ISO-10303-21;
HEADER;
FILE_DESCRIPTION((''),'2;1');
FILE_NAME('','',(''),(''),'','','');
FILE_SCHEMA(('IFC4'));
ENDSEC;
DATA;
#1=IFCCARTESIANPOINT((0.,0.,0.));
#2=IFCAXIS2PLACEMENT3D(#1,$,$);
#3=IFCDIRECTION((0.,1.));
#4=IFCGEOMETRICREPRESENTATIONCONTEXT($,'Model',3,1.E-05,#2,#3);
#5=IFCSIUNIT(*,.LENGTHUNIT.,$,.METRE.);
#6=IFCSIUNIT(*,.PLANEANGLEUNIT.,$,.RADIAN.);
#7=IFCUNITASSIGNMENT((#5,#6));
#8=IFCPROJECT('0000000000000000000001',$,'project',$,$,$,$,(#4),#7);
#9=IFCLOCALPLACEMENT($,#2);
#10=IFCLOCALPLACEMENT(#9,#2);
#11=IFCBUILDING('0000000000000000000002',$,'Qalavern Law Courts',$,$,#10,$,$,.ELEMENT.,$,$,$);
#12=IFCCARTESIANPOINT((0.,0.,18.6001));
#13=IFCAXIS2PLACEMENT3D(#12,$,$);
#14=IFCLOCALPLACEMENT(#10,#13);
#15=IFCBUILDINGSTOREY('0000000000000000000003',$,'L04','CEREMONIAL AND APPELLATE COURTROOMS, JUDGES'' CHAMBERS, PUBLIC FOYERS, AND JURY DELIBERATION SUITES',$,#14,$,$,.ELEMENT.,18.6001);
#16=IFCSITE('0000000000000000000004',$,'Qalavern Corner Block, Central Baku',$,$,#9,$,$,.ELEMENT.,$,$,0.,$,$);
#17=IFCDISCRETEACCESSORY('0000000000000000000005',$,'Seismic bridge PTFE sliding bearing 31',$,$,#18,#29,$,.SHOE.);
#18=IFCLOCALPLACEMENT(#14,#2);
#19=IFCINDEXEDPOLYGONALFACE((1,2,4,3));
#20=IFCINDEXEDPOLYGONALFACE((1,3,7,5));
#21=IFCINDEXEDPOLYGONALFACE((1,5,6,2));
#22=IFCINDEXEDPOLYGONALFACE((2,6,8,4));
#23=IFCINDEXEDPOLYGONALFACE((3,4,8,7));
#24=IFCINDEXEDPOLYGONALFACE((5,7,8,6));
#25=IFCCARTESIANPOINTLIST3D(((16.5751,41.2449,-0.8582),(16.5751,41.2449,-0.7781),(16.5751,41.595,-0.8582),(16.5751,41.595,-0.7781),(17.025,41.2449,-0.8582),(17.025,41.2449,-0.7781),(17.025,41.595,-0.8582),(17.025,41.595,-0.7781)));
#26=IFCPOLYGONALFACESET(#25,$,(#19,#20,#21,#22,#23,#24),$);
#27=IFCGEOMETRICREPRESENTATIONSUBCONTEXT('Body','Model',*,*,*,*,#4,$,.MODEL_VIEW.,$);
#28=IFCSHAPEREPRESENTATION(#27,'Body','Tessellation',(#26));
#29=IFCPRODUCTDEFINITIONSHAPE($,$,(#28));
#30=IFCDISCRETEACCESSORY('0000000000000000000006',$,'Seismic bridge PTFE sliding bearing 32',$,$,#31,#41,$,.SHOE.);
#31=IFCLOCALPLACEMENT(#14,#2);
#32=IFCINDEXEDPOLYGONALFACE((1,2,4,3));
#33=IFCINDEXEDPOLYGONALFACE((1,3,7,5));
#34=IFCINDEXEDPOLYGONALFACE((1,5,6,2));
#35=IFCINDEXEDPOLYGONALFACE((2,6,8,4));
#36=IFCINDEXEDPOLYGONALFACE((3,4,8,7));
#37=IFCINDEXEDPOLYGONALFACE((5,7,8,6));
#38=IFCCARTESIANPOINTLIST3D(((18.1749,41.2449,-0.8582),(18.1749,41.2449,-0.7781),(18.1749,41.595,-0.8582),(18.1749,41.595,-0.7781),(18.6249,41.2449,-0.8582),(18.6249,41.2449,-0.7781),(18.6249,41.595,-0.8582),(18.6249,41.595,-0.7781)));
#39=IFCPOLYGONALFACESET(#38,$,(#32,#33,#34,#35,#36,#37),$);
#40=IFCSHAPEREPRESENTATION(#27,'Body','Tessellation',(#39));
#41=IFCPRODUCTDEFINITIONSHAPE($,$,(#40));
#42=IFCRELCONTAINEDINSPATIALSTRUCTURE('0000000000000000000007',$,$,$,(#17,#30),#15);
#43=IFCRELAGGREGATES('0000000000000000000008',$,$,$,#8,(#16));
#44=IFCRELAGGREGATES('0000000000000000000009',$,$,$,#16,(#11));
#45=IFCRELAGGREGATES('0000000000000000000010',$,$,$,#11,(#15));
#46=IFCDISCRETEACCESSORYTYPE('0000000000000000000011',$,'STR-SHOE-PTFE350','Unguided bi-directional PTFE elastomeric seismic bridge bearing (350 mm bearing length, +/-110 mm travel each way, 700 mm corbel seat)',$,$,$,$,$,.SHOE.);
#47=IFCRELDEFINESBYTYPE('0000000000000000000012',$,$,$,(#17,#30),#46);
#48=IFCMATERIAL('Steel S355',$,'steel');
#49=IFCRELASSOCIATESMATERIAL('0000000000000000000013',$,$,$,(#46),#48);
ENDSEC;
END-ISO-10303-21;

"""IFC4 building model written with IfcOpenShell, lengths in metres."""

from ifc_helpers import new_model, si_unit, direction, frame, origin, origin_2d, place, context, subcontext, project, spatial, rectangle, extrude, material, type_object, element, save


model = new_model("IFC4")

# Units and contexts
model_context = context("Model", 3, precision=1e-05, world=origin(), true_north=direction((0.0, 1.0)))
body_context = subcontext(model_context, "Body", "Model", "MODEL_VIEW")
ifc_project = project(units=[si_unit("LENGTHUNIT", "METRE"), si_unit("PLANEANGLEUNIT", "RADIAN")], contexts=[model_context])

# Site, building, storey
site_placement = place(None, origin())
site = spatial("IfcSite", under=ifc_project, at=site_placement, Name="Qalavern Corner Block, Central Baku", CompositionType="ELEMENT", RefElevation=0.0)
building_placement = place(site_placement, origin())
building = spatial("IfcBuilding", under=site, at=building_placement, Name="Qalavern Law Courts", CompositionType="ELEMENT")
storey_placement = place(building_placement, frame((0.0, 0.0, 18.6001)))
storey = spatial("IfcBuildingStorey", under=building, at=storey_placement, Name="L04", Description="CEREMONIAL AND APPELLATE COURTROOMS, JUDGES' CHAMBERS, PUBLIC FOYERS, AND JURY DELIBERATION SUITES", CompositionType="ELEMENT", Elevation=18.6001)

# Shared definitions
ifc_material_1 = material(Name="Steel S355", Category="steel")

# Discrete accessories
discrete_accessory_type_1 = type_object("IfcDiscreteAccessoryType", Name="STR-SHOE-PTFE350", Description="Unguided bi-directional PTFE elastomeric seismic bridge bearing (350 mm bearing length, +/-110 mm travel each way, 700 mm corbel seat)", PredefinedType="SHOE", material=ifc_material_1)
for number, where, z_axis, x_axis, name in (
    (1, (16.8, 41.4199, -0.8582), (0.0, 0.0, 1.0), (1.0, 0.0, 0.0), "Seismic bridge PTFE sliding bearing 31"),
    (2, (18.3999, 41.4199, -0.8582), (0.0, 0.0, 1.0), (1.0, 0.0, 0.0), "Seismic bridge PTFE sliding bearing 32"),
):
    element("IfcDiscreteAccessory", number, at=place(storey_placement, frame(where, z_axis=z_axis, x_axis=x_axis)), inside=storey, type_object=discrete_accessory_type_1, Name=name, PredefinedType="SHOE", context=body_context, shape_type="SweptSolid", body=[
        extrude(rectangle(XDim=0.45, YDim=0.3501, at=origin_2d()), origin(), (0.0, 0.0, 1.0), 0.0801),
    ])

save(model, "model.ifc")
